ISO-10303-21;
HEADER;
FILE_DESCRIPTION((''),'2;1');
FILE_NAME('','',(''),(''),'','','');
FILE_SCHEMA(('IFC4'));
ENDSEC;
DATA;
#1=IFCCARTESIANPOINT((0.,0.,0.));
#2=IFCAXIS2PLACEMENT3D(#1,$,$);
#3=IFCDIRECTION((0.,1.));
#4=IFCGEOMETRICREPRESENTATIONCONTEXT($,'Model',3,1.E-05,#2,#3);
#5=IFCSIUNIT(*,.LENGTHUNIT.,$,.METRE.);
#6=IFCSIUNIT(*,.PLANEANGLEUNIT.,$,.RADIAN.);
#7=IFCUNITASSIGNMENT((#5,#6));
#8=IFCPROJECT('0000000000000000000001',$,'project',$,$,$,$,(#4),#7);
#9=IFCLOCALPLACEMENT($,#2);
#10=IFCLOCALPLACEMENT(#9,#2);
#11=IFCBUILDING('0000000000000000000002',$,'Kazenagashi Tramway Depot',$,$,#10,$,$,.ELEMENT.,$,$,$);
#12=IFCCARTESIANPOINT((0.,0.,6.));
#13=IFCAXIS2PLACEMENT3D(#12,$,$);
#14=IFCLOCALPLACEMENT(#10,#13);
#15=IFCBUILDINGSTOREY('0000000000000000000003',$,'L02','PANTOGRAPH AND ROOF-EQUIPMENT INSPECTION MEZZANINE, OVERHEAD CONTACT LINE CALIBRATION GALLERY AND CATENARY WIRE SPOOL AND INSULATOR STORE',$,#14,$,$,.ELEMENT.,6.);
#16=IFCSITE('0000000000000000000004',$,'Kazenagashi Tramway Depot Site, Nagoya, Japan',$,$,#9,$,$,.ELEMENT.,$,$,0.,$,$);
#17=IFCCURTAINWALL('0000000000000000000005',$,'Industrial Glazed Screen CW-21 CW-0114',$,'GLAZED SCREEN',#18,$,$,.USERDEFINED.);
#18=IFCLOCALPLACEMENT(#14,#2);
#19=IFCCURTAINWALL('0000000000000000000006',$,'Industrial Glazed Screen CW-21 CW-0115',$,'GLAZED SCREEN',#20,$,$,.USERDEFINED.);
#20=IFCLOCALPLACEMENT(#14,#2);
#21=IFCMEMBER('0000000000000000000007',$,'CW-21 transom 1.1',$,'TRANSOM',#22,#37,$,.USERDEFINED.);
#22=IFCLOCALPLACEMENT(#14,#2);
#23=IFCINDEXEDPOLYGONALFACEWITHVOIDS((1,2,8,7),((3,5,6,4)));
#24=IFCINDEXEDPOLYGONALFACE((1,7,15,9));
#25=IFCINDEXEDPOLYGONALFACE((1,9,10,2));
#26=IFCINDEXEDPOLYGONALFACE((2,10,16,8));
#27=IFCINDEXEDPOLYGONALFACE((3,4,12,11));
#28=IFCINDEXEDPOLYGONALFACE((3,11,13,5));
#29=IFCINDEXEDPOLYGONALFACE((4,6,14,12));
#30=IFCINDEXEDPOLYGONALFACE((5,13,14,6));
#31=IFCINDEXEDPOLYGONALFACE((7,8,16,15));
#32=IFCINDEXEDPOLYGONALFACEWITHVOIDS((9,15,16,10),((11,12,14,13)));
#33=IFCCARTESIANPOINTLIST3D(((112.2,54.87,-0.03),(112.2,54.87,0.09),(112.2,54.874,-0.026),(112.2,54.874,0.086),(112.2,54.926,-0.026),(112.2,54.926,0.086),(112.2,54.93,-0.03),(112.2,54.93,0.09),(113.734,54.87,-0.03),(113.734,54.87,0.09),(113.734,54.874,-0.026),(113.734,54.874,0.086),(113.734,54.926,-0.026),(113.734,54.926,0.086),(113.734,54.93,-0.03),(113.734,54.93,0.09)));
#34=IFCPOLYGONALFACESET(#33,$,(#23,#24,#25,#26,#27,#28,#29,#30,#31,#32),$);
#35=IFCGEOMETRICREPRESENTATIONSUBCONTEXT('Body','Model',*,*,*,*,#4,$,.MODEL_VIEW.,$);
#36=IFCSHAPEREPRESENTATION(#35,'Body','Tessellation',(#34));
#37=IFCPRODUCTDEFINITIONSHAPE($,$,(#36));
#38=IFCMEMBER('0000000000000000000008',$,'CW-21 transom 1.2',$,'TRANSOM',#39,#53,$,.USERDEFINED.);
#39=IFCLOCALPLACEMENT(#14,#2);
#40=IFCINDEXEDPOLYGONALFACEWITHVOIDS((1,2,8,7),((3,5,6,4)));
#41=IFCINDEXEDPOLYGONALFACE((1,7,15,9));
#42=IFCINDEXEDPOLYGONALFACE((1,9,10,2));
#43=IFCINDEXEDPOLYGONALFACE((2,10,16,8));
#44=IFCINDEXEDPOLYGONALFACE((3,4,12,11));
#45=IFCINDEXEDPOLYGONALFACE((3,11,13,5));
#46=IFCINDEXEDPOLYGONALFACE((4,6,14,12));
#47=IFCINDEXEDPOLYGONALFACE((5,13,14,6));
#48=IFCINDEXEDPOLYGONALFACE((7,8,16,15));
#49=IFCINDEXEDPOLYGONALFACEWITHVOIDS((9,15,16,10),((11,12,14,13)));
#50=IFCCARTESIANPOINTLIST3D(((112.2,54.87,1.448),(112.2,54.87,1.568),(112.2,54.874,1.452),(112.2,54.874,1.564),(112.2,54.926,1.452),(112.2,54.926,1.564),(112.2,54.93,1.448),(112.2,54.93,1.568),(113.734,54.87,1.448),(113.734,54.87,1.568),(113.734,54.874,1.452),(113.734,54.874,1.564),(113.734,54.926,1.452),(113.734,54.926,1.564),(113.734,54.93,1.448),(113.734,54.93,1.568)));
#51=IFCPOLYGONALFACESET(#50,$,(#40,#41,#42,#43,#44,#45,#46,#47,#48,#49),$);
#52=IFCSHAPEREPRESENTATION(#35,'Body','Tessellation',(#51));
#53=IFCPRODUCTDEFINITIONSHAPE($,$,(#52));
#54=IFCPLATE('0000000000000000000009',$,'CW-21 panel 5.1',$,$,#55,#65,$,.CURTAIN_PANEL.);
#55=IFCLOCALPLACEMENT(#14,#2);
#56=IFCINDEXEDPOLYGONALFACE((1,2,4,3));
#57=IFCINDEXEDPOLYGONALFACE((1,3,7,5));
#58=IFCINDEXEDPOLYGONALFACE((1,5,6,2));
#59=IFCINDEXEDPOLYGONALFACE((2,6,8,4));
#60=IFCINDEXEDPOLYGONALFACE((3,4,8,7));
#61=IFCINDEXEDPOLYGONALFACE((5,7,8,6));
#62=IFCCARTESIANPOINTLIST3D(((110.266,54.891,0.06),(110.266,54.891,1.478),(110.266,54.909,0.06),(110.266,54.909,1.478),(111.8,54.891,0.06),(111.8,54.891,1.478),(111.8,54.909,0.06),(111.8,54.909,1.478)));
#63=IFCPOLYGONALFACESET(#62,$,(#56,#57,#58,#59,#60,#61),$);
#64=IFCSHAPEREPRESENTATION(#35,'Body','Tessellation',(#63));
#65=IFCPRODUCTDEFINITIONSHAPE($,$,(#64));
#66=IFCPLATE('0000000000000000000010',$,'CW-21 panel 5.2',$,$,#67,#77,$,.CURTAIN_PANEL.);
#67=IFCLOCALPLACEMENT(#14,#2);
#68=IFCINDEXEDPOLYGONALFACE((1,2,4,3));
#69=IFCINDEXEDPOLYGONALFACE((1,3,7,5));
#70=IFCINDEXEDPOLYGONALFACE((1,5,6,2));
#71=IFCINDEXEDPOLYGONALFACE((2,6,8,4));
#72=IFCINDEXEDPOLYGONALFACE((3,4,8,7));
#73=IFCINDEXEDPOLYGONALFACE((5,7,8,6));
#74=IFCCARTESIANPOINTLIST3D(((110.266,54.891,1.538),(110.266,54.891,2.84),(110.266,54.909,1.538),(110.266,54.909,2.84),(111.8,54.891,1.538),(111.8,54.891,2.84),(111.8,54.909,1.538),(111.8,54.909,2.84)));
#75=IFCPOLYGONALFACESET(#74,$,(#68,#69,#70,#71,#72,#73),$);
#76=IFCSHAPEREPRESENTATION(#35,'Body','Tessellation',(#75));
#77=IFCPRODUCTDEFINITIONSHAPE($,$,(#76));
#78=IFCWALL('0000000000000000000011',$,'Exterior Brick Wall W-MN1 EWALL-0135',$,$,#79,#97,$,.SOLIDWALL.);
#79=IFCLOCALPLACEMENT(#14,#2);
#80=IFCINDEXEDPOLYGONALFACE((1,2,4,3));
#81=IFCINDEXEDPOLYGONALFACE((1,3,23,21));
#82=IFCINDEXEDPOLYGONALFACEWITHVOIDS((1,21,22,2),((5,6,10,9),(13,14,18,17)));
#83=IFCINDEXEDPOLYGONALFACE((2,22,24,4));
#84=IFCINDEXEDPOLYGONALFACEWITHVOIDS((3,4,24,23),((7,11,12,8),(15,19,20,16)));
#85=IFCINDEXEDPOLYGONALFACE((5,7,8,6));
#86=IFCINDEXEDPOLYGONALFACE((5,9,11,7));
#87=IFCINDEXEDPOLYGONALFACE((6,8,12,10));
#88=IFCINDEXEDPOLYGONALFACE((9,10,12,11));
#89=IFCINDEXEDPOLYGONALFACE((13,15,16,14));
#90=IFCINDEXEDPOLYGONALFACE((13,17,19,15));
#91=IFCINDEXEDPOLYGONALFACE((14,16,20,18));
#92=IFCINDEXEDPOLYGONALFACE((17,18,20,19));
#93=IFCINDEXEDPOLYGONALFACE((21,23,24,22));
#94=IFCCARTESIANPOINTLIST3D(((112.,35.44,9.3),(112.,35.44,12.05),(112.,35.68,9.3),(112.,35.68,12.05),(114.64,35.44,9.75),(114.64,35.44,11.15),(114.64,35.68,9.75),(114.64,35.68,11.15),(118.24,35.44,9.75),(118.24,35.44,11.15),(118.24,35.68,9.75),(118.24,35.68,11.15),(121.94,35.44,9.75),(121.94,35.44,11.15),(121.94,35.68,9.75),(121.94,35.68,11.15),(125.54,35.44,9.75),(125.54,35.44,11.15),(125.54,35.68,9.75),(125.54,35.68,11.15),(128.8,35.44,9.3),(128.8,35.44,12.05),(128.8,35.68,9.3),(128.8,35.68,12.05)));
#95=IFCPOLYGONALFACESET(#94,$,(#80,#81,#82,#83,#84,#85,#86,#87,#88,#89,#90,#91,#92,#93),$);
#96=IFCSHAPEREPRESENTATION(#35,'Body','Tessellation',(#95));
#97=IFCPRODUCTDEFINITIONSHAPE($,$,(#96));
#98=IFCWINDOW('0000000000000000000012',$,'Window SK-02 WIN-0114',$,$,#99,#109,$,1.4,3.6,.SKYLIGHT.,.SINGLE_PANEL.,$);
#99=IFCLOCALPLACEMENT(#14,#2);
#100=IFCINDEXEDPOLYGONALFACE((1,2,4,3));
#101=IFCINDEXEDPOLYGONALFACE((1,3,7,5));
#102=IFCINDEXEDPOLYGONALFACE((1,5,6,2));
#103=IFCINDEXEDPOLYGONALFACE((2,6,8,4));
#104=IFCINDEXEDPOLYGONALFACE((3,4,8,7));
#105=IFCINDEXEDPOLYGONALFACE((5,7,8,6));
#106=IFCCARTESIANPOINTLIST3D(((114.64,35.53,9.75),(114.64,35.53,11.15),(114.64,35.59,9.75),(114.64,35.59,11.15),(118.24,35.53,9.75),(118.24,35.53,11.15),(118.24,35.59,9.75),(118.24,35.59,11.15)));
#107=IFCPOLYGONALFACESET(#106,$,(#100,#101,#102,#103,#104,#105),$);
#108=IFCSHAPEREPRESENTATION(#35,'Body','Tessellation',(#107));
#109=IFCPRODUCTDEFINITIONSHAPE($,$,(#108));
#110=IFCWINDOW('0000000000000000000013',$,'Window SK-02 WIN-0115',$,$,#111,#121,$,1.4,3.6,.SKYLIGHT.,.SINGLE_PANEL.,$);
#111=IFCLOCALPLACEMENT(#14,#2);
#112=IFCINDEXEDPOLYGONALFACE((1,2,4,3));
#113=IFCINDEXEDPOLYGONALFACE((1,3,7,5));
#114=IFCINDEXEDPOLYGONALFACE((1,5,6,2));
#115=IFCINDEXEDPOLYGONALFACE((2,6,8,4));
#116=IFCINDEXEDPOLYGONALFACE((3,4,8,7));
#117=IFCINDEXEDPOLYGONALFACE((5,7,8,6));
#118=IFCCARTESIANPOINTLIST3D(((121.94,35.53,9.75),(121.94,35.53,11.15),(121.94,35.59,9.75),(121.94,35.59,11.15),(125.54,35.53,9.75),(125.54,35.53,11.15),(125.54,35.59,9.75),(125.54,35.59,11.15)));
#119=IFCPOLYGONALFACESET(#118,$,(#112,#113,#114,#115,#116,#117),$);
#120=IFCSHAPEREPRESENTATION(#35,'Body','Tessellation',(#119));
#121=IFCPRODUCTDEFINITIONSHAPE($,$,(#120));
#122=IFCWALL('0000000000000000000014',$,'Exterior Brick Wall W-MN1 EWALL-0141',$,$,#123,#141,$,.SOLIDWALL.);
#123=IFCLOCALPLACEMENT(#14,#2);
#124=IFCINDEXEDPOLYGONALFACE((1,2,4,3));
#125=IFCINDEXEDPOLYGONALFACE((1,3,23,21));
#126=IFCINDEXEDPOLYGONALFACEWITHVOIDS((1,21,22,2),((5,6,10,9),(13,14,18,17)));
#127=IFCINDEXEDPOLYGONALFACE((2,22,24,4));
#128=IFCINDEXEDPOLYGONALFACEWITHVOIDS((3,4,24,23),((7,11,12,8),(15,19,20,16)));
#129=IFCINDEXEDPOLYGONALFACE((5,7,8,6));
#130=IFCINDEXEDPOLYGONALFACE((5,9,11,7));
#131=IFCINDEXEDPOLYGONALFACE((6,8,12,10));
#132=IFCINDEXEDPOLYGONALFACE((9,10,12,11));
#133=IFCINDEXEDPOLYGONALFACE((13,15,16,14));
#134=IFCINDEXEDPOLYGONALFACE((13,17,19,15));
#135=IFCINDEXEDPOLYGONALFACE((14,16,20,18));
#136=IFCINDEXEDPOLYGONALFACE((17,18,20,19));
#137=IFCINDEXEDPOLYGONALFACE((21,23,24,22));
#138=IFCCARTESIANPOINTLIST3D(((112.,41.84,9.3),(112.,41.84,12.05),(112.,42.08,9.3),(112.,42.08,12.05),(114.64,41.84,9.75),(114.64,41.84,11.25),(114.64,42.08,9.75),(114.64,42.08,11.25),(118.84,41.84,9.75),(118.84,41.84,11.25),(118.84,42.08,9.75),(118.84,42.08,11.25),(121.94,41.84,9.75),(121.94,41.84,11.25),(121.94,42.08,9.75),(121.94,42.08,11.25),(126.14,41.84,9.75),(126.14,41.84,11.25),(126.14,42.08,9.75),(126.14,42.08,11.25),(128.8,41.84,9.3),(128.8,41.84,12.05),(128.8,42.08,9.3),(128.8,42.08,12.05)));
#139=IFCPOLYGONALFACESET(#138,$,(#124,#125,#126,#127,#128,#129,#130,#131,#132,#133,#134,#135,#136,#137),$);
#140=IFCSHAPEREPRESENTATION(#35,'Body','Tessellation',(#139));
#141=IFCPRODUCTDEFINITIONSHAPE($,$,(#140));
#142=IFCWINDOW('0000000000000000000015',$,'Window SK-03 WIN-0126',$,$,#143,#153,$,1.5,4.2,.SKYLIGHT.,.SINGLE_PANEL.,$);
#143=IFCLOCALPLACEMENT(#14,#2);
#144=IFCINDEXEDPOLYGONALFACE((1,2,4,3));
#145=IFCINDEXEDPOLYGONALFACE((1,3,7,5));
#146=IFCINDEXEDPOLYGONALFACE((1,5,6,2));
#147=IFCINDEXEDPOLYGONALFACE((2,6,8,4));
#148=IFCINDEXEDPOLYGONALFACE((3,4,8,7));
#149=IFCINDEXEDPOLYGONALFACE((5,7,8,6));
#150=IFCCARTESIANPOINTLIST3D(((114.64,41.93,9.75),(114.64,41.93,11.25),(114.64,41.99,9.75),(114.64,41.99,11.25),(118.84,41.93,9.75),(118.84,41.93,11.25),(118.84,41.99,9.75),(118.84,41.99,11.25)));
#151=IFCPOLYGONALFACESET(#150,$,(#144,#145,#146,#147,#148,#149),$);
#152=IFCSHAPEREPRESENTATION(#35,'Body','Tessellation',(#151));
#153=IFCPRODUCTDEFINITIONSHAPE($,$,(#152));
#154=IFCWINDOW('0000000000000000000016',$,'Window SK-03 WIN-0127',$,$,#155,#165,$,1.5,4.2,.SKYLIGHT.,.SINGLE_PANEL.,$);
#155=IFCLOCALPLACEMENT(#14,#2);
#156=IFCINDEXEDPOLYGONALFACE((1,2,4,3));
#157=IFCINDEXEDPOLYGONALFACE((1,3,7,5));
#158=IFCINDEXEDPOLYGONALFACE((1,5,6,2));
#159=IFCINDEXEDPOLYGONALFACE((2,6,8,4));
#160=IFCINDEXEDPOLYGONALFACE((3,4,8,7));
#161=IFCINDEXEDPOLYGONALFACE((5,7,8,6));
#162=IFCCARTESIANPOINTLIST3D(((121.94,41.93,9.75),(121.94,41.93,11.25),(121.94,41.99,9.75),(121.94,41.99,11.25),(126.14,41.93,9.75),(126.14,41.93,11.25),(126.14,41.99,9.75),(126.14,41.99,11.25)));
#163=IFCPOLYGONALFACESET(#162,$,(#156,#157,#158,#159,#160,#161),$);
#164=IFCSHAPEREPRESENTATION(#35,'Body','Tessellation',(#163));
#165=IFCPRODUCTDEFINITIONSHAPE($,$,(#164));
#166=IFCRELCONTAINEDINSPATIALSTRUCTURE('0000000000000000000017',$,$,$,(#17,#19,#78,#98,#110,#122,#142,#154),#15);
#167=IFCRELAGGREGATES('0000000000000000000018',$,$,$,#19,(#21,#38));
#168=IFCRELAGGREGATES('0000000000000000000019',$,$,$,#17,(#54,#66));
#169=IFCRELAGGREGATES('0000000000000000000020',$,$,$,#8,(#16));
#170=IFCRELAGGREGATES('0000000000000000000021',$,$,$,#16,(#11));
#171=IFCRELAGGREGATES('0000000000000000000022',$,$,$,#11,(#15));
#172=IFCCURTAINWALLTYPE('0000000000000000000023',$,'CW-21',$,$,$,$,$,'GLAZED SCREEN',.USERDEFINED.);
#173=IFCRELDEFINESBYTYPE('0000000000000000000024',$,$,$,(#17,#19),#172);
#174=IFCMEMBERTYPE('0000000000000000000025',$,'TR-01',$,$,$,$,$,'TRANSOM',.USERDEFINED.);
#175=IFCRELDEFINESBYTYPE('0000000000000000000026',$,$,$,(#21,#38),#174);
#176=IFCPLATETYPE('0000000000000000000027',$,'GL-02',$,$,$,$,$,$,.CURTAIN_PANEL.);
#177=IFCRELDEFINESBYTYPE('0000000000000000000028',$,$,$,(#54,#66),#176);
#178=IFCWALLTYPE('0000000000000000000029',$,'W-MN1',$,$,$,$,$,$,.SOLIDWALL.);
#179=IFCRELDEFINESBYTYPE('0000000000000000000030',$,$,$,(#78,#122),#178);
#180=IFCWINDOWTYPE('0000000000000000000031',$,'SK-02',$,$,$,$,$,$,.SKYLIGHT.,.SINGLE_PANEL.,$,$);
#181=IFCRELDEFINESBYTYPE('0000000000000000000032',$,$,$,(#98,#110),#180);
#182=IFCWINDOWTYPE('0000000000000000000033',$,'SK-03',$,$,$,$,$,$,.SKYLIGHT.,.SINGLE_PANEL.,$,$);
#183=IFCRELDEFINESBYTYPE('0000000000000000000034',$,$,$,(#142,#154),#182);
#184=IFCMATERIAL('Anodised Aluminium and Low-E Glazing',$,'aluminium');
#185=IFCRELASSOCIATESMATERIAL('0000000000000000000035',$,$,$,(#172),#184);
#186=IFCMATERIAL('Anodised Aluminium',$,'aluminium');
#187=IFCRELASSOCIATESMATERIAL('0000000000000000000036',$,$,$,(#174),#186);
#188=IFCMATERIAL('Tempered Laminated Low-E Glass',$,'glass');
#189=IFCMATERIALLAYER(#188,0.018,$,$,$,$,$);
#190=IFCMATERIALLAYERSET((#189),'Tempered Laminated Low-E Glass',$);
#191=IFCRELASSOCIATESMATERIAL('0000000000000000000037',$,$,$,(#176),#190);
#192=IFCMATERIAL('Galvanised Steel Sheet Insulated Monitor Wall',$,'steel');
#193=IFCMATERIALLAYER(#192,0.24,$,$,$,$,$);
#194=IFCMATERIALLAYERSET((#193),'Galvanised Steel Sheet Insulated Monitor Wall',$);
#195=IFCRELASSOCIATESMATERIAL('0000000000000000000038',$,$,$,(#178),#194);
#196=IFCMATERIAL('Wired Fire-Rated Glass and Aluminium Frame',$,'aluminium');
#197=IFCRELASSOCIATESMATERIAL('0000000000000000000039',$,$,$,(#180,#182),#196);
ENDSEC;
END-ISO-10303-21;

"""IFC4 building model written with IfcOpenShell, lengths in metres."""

from ifc_helpers import new_model, si_unit, direction, frame, frame_2d, origin, origin_2d, place, context, subcontext, project, spatial, rectangle, hollow_rectangle, extrude, material, layer, layer_set, material_profile, profile_set, type_object, element, fill, aggregate, save


model = new_model("IFC4")

# Units and contexts
model_context = context("Model", 3, precision=1e-05, world=origin(), true_north=direction((0.0, 1.0)))
body_context = subcontext(model_context, "Body", "Model", "MODEL_VIEW")
ifc_project = project(units=[si_unit("LENGTHUNIT", "METRE"), si_unit("PLANEANGLEUNIT", "RADIAN")], contexts=[model_context])

# Site, building, storey
site_placement = place(None, origin())
site = spatial("IfcSite", under=ifc_project, at=site_placement, Name="Kazenagashi Tramway Depot Site, Nagoya, Japan", CompositionType="ELEMENT", RefElevation=0.0)
building_placement = place(site_placement, origin())
building = spatial("IfcBuilding", under=site, at=building_placement, Name="Kazenagashi Tramway Depot", CompositionType="ELEMENT")
storey_placement = place(building_placement, frame((0.0, 0.0, 6.0)))
storey = spatial("IfcBuildingStorey", under=building, at=storey_placement, Name="L02", Description="PANTOGRAPH AND ROOF-EQUIPMENT INSPECTION MEZZANINE, OVERHEAD CONTACT LINE CALIBRATION GALLERY AND CATENARY WIRE SPOOL AND INSULATOR STORE", CompositionType="ELEMENT", Elevation=6.0)

# Curtain walls
ifc_material_1 = material(Name="Anodised Aluminium and Low-E Glazing", Category="aluminium")
curtain_wall_type = type_object("IfcCurtainWallType", Name="CW-21", ElementType="GLAZED SCREEN", PredefinedType="USERDEFINED", material=ifc_material_1)
curtain_wall_1_placement = place(storey_placement, origin())
curtain_wall_1 = element("IfcCurtainWall", 1, at=curtain_wall_1_placement, inside=storey, type_object=curtain_wall_type, Name="Industrial Glazed Screen CW-21 CW-0114", ObjectType="GLAZED SCREEN", PredefinedType="USERDEFINED")
ifc_material_2 = material(Name="Anodised Aluminium", Category="aluminium")
curtain_wall_2_placement = place(storey_placement, origin())
curtain_wall_2 = element("IfcCurtainWall", 2, at=curtain_wall_2_placement, inside=storey, type_object=curtain_wall_type, Name="Industrial Glazed Screen CW-21 CW-0115", ObjectType="GLAZED SCREEN", PredefinedType="USERDEFINED")

# Members
ifc_material_profile_1 = material_profile(ifc_material_2, hollow_rectangle(XDim=0.06, YDim=0.12, WallThickness=0.004, at=origin_2d()), Name="RHS-120x60x4")
ifc_profile_set_1 = profile_set([ifc_material_profile_1], Name="Anodised Aluminium")
member_type_1 = type_object("IfcMemberType", Name="TR-01", ElementType="TRANSOM", PredefinedType="USERDEFINED", material=ifc_profile_set_1)
member_1_placement = place(storey_placement, frame((112.2, 54.9, 0.03), z_axis=(1.0, 0.0, 0.0), x_axis=(0.0, 1.0, 0.0)))
member_1 = element("IfcMember", 3, at=member_1_placement, type_object=member_type_1, Name="CW-21 transom 1.1", ObjectType="TRANSOM", PredefinedType="USERDEFINED", context=body_context, shape_type="SweptSolid", body=[
    extrude(hollow_rectangle(XDim=0.06, YDim=0.12, WallThickness=0.004, at=origin_2d()), origin(), (0.0, 0.0, 1.0), 1.534),
])
member_2_placement = place(storey_placement, frame((112.2, 54.9, 1.508), z_axis=(1.0, 0.0, 0.0), x_axis=(0.0, 1.0, 0.0)))
member_2 = element("IfcMember", 4, at=member_2_placement, type_object=member_type_1, Name="CW-21 transom 1.2", ObjectType="TRANSOM", PredefinedType="USERDEFINED", context=body_context, shape_type="SweptSolid", body=[
    extrude(hollow_rectangle(XDim=0.06, YDim=0.12, WallThickness=0.004, at=origin_2d()), origin(), (0.0, 0.0, 1.0), 1.534),
])
aggregate(curtain_wall_2, [member_1, member_2])

# Plates
ifc_material_3 = material(Name="Tempered Laminated Low-E Glass", Category="glass")
ifc_layer_1 = layer(ifc_material_3, 0.018)
ifc_layer_set_1 = layer_set([ifc_layer_1], Name="Tempered Laminated Low-E Glass")
plate_type = type_object("IfcPlateType", Name="GL-02", PredefinedType="CURTAIN_PANEL", material=ifc_layer_set_1)
plate_1_placement = place(storey_placement, frame((111.033, 54.9, 0.06), z_axis=(0.0, 0.0, 1.0), x_axis=(1.0, 0.0, 0.0)))
plate_1 = element("IfcPlate", 5, at=plate_1_placement, type_object=plate_type, Name="CW-21 panel 5.1", PredefinedType="CURTAIN_PANEL", context=body_context, shape_type="SweptSolid", body=[
    extrude(rectangle(XDim=1.534, YDim=0.018, at=origin_2d()), origin(), (0.0, 0.0, 1.0), 1.418),
])
plate_2_placement = place(storey_placement, frame((111.033, 54.9, 1.538), z_axis=(0.0, 0.0, 1.0), x_axis=(1.0, 0.0, 0.0)))
plate_2 = element("IfcPlate", 6, at=plate_2_placement, type_object=plate_type, Name="CW-21 panel 5.2", PredefinedType="CURTAIN_PANEL", context=body_context, shape_type="SweptSolid", body=[
    extrude(rectangle(XDim=1.534, YDim=0.018, at=origin_2d()), origin(), (0.0, 0.0, 1.0), 1.302),
])
aggregate(curtain_wall_1, [plate_1, plate_2])

# Walls, openings, windows
ifc_material_4 = material(Name="Galvanised Steel Sheet Insulated Monitor Wall", Category="steel")
ifc_layer_2 = layer(ifc_material_4, 0.24)
ifc_layer_set_2 = layer_set([ifc_layer_2], Name="Galvanised Steel Sheet Insulated Monitor Wall")
wall_type = type_object("IfcWallType", Name="W-MN1", PredefinedType="SOLIDWALL", material=ifc_layer_set_2)
wall_1_placement = place(storey_placement, frame((112.0, 35.56, 9.3), z_axis=(0.0, 0.0, 1.0), x_axis=(1.0, 0.0, 0.0)))
wall_1 = element("IfcWall", 7, at=wall_1_placement, inside=storey, type_object=wall_type, Name="Exterior Brick Wall W-MN1 EWALL-0135", PredefinedType="SOLIDWALL", context=body_context, shape_type="SweptSolid", body=[
    extrude(rectangle(XDim=16.8, YDim=0.24, at=frame_2d((8.4, 0.0))), origin(), (0.0, 0.0, 1.0), 2.75),
])
opening_1_placement = place(wall_1_placement, frame((2.64, 0.0, 0.45)))
opening_1 = element("IfcOpeningElement", 8, at=opening_1_placement, cuts=wall_1, PredefinedType="OPENING", context=body_context, shape_type="SweptSolid", body=[
    extrude(rectangle(XDim=3.6, YDim=1.4, at=frame_2d((1.8, 0.7))), frame((0.0, 0.13, 0.0), z_axis=(0.0, -1.0, 0.0), x_axis=(1.0, 0.0, 0.0)), (0.0, 0.0, 1.0), 0.26),
])
opening_2_placement = place(wall_1_placement, frame((9.94, 0.0, 0.45)))
opening_2 = element("IfcOpeningElement", 9, at=opening_2_placement, cuts=wall_1, PredefinedType="OPENING", context=body_context, shape_type="SweptSolid", body=[
    extrude(rectangle(XDim=3.6, YDim=1.4, at=frame_2d((1.8, 0.7))), frame((0.0, 0.13, 0.0), z_axis=(0.0, -1.0, 0.0), x_axis=(1.0, 0.0, 0.0)), (0.0, 0.0, 1.0), 0.26),
])
ifc_material_5 = material(Name="Wired Fire-Rated Glass and Aluminium Frame", Category="aluminium")
window_type_1 = type_object("IfcWindowType", Name="SK-02", PartitioningType="SINGLE_PANEL", PredefinedType="SKYLIGHT", material=ifc_material_5)
window_1_placement = place(opening_1_placement, origin())
window_1 = element("IfcWindow", 10, at=window_1_placement, inside=storey, type_object=window_type_1, Name="Window SK-02 WIN-0114", OverallHeight=1.4, OverallWidth=3.6, PartitioningType="SINGLE_PANEL", PredefinedType="SKYLIGHT", context=body_context, shape_type="SweptSolid", body=[
    extrude(rectangle(XDim=3.6, YDim=1.4, at=frame_2d((1.8, 0.7))), frame((0.0, 0.03, 0.0), z_axis=(0.0, -1.0, 0.0), x_axis=(1.0, 0.0, 0.0)), (0.0, 0.0, 1.0), 0.06),
])
fill(opening_1, window_1)
window_2_placement = place(opening_2_placement, origin())
window_2 = element("IfcWindow", 11, at=window_2_placement, inside=storey, type_object=window_type_1, Name="Window SK-02 WIN-0115", OverallHeight=1.4, OverallWidth=3.6, PartitioningType="SINGLE_PANEL", PredefinedType="SKYLIGHT", context=body_context, shape_type="SweptSolid", body=[
    extrude(rectangle(XDim=3.6, YDim=1.4, at=frame_2d((1.8, 0.7))), frame((0.0, 0.03, 0.0), z_axis=(0.0, -1.0, 0.0), x_axis=(1.0, 0.0, 0.0)), (0.0, 0.0, 1.0), 0.06),
])
fill(opening_2, window_2)
wall_2_placement = place(storey_placement, frame((112.0, 41.96, 9.3), z_axis=(0.0, 0.0, 1.0), x_axis=(1.0, 0.0, 0.0)))
wall_2 = element("IfcWall", 12, at=wall_2_placement, inside=storey, type_object=wall_type, Name="Exterior Brick Wall W-MN1 EWALL-0141", PredefinedType="SOLIDWALL", context=body_context, shape_type="SweptSolid", body=[
    extrude(rectangle(XDim=16.8, YDim=0.24, at=frame_2d((8.4, 0.0))), origin(), (0.0, 0.0, 1.0), 2.75),
])
opening_3_placement = place(wall_2_placement, frame((2.64, 0.0, 0.45)))
opening_3 = element("IfcOpeningElement", 13, at=opening_3_placement, cuts=wall_2, PredefinedType="OPENING", context=body_context, shape_type="SweptSolid", body=[
    extrude(rectangle(XDim=4.2, YDim=1.5, at=frame_2d((2.1, 0.75))), frame((0.0, 0.13, 0.0), z_axis=(0.0, -1.0, 0.0), x_axis=(1.0, 0.0, 0.0)), (0.0, 0.0, 1.0), 0.26),
])
opening_4_placement = place(wall_2_placement, frame((9.94, 0.0, 0.45)))
opening_4 = element("IfcOpeningElement", 14, at=opening_4_placement, cuts=wall_2, PredefinedType="OPENING", context=body_context, shape_type="SweptSolid", body=[
    extrude(rectangle(XDim=4.2, YDim=1.5, at=frame_2d((2.1, 0.75))), frame((0.0, 0.13, 0.0), z_axis=(0.0, -1.0, 0.0), x_axis=(1.0, 0.0, 0.0)), (0.0, 0.0, 1.0), 0.26),
])
window_type_2 = type_object("IfcWindowType", Name="SK-03", PartitioningType="SINGLE_PANEL", PredefinedType="SKYLIGHT", material=ifc_material_5)
window_3_placement = place(opening_3_placement, origin())
window_3 = element("IfcWindow", 15, at=window_3_placement, inside=storey, type_object=window_type_2, Name="Window SK-03 WIN-0126", OverallHeight=1.5, OverallWidth=4.2, PartitioningType="SINGLE_PANEL", PredefinedType="SKYLIGHT", context=body_context, shape_type="SweptSolid", body=[
    extrude(rectangle(XDim=4.2, YDim=1.5, at=frame_2d((2.1, 0.75))), frame((0.0, 0.03, 0.0), z_axis=(0.0, -1.0, 0.0), x_axis=(1.0, 0.0, 0.0)), (0.0, 0.0, 1.0), 0.06),
])
fill(opening_3, window_3)
window_4_placement = place(opening_4_placement, origin())
window_4 = element("IfcWindow", 16, at=window_4_placement, inside=storey, type_object=window_type_2, Name="Window SK-03 WIN-0127", OverallHeight=1.5, OverallWidth=4.2, PartitioningType="SINGLE_PANEL", PredefinedType="SKYLIGHT", context=body_context, shape_type="SweptSolid", body=[
    extrude(rectangle(XDim=4.2, YDim=1.5, at=frame_2d((2.1, 0.75))), frame((0.0, 0.03, 0.0), z_axis=(0.0, -1.0, 0.0), x_axis=(1.0, 0.0, 0.0)), (0.0, 0.0, 1.0), 0.06),
])
fill(opening_4, window_4)

save(model, "model.ifc")
